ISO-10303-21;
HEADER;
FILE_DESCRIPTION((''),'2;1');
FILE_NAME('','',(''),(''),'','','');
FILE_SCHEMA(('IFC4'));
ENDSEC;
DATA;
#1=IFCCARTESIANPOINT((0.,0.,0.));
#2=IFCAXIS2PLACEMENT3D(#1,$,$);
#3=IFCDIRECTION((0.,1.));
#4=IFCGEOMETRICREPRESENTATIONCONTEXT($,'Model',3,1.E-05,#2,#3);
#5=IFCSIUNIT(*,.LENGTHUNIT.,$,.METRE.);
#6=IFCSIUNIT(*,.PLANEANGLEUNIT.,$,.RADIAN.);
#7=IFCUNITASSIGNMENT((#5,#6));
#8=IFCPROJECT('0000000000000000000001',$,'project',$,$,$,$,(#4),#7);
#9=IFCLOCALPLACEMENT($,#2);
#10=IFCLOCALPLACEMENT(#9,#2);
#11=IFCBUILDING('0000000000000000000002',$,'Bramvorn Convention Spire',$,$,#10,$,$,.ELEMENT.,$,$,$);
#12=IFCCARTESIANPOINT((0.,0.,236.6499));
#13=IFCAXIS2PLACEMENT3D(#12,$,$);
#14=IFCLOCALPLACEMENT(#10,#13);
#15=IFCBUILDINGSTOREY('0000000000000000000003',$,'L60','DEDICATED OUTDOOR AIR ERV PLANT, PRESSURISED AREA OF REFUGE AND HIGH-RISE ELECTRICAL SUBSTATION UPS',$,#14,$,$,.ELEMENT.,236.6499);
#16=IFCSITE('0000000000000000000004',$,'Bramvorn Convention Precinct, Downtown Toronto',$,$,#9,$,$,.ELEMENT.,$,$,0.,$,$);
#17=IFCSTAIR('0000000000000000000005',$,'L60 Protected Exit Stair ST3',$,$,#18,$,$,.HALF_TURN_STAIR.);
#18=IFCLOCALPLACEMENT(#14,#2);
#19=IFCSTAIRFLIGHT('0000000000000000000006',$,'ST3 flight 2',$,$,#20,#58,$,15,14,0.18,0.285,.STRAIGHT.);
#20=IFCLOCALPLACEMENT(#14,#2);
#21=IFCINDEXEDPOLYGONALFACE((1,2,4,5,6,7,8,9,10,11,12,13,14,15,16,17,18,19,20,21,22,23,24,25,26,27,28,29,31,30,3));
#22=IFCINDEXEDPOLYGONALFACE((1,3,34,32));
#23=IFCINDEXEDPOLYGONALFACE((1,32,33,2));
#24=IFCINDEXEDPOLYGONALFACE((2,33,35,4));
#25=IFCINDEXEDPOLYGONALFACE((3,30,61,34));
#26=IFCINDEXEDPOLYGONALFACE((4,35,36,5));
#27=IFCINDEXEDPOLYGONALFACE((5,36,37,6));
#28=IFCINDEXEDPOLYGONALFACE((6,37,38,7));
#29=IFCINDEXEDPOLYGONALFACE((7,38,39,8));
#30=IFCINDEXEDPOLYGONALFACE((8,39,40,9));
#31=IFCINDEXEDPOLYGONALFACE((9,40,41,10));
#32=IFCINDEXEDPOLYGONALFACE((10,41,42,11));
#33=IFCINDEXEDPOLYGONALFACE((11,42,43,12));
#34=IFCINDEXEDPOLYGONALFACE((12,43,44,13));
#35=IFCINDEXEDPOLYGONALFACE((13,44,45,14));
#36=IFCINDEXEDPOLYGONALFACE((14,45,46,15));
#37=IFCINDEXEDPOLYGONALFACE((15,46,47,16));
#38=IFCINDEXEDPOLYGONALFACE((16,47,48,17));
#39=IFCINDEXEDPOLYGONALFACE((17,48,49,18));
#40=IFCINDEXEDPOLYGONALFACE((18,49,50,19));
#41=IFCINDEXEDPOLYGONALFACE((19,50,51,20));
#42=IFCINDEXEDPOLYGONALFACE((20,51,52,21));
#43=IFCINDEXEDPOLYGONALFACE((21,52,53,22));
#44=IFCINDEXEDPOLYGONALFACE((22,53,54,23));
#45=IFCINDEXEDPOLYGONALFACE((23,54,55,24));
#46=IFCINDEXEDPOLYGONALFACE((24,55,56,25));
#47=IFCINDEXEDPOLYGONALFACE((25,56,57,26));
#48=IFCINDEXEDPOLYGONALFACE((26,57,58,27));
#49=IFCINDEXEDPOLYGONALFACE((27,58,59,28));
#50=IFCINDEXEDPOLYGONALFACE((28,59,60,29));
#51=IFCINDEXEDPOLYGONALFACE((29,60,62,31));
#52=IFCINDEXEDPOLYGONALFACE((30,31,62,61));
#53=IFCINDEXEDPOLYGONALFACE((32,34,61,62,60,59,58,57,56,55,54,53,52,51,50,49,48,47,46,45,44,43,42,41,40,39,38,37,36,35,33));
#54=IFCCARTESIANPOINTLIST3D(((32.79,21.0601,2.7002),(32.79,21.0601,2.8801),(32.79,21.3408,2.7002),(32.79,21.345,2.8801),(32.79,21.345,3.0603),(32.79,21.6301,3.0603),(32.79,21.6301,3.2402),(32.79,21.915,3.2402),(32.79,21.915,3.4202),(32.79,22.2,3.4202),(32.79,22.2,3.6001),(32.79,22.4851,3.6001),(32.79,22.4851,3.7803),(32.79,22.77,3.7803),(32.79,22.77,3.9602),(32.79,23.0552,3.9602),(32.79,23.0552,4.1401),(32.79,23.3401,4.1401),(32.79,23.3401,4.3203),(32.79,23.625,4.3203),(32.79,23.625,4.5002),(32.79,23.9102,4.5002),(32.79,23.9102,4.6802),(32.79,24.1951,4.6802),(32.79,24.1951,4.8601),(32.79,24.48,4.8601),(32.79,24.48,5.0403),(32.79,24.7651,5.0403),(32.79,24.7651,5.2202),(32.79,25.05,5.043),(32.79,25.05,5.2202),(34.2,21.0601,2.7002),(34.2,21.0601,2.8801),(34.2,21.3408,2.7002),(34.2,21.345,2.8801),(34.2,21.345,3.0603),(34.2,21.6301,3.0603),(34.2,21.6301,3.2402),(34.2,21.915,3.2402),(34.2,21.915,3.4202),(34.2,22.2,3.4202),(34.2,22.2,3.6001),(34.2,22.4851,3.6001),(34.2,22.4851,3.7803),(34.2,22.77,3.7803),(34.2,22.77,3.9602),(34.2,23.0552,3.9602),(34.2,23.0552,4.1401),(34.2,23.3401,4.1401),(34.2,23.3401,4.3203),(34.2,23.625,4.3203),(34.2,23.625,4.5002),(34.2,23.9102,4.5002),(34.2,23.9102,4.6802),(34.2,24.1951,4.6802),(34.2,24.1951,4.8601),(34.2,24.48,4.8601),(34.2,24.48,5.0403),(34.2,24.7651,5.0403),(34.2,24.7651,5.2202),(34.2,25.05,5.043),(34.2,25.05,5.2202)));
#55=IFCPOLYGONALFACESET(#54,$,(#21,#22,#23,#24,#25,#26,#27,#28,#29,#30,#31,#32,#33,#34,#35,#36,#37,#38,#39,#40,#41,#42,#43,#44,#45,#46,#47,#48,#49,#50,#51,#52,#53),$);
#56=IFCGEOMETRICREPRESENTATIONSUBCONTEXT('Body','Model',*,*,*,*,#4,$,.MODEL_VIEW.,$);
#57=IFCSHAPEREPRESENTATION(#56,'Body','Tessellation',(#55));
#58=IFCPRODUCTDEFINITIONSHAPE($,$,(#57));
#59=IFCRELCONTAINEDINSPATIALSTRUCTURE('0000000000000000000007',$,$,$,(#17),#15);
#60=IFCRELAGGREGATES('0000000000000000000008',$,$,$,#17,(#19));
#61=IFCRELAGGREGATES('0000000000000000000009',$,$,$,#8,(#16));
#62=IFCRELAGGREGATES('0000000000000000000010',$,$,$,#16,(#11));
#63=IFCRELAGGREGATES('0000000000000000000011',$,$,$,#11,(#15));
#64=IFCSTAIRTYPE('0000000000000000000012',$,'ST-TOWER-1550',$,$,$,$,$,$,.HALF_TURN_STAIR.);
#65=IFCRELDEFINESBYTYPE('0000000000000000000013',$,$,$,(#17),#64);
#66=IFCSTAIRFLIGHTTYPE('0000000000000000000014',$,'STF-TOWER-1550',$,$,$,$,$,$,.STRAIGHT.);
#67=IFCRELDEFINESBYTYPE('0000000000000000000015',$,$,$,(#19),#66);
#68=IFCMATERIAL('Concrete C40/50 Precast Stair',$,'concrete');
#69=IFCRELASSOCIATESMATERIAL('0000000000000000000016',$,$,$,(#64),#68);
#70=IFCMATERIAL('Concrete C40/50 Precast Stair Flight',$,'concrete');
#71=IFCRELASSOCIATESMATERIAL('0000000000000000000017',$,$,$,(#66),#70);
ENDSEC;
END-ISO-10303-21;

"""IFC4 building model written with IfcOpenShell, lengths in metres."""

from ifc_helpers import new_model, si_unit, direction, frame, origin, place, context, subcontext, project, spatial, polyline, outline, extrude, material, type_object, element, aggregate, save


model = new_model("IFC4")

# Units and contexts
model_context = context("Model", 3, precision=1e-05, world=origin(), true_north=direction((0.0, 1.0)))
body_context = subcontext(model_context, "Body", "Model", "MODEL_VIEW")
ifc_project = project(units=[si_unit("LENGTHUNIT", "METRE"), si_unit("PLANEANGLEUNIT", "RADIAN")], contexts=[model_context])

# Site, building, storey
site_placement = place(None, origin())
site = spatial("IfcSite", under=ifc_project, at=site_placement, Name="Bramvorn Convention Precinct, Downtown Toronto", CompositionType="ELEMENT", RefElevation=0.0)
building_placement = place(site_placement, origin())
building = spatial("IfcBuilding", under=site, at=building_placement, Name="Bramvorn Convention Spire", CompositionType="ELEMENT")
storey_placement = place(building_placement, frame((0.0, 0.0, 236.6499)))
storey = spatial("IfcBuildingStorey", under=building, at=storey_placement, Name="L60", Description="DEDICATED OUTDOOR AIR ERV PLANT, PRESSURISED AREA OF REFUGE AND HIGH-RISE ELECTRICAL SUBSTATION UPS", CompositionType="ELEMENT", Elevation=236.6499)

# Stair, stair flight
ifc_material_1 = material(Name="Concrete C40/50 Precast Stair", Category="concrete")
stair_type = type_object("IfcStairType", Name="ST-TOWER-1550", PredefinedType="HALF_TURN_STAIR", material=ifc_material_1)
ifc_material_2 = material(Name="Concrete C40/50 Precast Stair Flight", Category="concrete")
stair_flight_type = type_object("IfcStairFlightType", Name="STF-TOWER-1550", PredefinedType="STRAIGHT", material=ifc_material_2)
stair_1_placement = place(storey_placement, origin())
stair_1 = element("IfcStair", 1, at=stair_1_placement, inside=storey, type_object=stair_type, Name="L60 Protected Exit Stair ST3", PredefinedType="HALF_TURN_STAIR")
stair_flight_1_placement = place(storey_placement, frame((33.4951, 21.0601, 2.7002), z_axis=(0.0, 0.0, 1.0), x_axis=(0.0, 1.0, 0.0)))
stair_flight_1 = element("IfcStairFlight", 2, at=stair_flight_1_placement, type_object=stair_flight_type, Name="ST3 flight 2", NumberOfRisers=15, NumberOfTreads=14, PredefinedType="STRAIGHT", RiserHeight=0.18, TreadLength=0.285, context=body_context, shape_type="SweptSolid", body=[
    extrude(outline(polyline([(0.0, 0.0), (0.0, 0.1799), (0.2849, 0.1799), (0.2849, 0.3601), (0.5701, 0.3601), (0.5701, 0.54), (0.855, 0.54), (0.855, 0.72), (1.1399, 0.72), (1.1399, 0.8999), (1.425, 0.8999), (1.425, 1.0801), (1.71, 1.0801), (1.71, 1.26), (1.9951, 1.26), (1.9951, 1.4399), (2.28, 1.4399), (2.28, 1.6201), (2.5649, 1.6201), (2.5649, 1.8), (2.8501, 1.8), (2.8501, 1.98), (3.135, 1.98), (3.135, 2.1599), (3.4199, 2.1599), (3.4199, 2.3401), (3.7051, 2.3401), (3.7051, 2.52), (3.99, 2.52), (3.99, 2.7), (3.99, 2.3428), (0.2808, 0.0), (0.0, 0.0)])), frame((0.0, 0.7051, 0.0), z_axis=(0.0, -1.0, 0.0), x_axis=(1.0, 0.0, 0.0)), (0.0, 0.0, 1.0), 1.4099),
])
aggregate(stair_1, [stair_flight_1])

save(model, "model.ifc")
